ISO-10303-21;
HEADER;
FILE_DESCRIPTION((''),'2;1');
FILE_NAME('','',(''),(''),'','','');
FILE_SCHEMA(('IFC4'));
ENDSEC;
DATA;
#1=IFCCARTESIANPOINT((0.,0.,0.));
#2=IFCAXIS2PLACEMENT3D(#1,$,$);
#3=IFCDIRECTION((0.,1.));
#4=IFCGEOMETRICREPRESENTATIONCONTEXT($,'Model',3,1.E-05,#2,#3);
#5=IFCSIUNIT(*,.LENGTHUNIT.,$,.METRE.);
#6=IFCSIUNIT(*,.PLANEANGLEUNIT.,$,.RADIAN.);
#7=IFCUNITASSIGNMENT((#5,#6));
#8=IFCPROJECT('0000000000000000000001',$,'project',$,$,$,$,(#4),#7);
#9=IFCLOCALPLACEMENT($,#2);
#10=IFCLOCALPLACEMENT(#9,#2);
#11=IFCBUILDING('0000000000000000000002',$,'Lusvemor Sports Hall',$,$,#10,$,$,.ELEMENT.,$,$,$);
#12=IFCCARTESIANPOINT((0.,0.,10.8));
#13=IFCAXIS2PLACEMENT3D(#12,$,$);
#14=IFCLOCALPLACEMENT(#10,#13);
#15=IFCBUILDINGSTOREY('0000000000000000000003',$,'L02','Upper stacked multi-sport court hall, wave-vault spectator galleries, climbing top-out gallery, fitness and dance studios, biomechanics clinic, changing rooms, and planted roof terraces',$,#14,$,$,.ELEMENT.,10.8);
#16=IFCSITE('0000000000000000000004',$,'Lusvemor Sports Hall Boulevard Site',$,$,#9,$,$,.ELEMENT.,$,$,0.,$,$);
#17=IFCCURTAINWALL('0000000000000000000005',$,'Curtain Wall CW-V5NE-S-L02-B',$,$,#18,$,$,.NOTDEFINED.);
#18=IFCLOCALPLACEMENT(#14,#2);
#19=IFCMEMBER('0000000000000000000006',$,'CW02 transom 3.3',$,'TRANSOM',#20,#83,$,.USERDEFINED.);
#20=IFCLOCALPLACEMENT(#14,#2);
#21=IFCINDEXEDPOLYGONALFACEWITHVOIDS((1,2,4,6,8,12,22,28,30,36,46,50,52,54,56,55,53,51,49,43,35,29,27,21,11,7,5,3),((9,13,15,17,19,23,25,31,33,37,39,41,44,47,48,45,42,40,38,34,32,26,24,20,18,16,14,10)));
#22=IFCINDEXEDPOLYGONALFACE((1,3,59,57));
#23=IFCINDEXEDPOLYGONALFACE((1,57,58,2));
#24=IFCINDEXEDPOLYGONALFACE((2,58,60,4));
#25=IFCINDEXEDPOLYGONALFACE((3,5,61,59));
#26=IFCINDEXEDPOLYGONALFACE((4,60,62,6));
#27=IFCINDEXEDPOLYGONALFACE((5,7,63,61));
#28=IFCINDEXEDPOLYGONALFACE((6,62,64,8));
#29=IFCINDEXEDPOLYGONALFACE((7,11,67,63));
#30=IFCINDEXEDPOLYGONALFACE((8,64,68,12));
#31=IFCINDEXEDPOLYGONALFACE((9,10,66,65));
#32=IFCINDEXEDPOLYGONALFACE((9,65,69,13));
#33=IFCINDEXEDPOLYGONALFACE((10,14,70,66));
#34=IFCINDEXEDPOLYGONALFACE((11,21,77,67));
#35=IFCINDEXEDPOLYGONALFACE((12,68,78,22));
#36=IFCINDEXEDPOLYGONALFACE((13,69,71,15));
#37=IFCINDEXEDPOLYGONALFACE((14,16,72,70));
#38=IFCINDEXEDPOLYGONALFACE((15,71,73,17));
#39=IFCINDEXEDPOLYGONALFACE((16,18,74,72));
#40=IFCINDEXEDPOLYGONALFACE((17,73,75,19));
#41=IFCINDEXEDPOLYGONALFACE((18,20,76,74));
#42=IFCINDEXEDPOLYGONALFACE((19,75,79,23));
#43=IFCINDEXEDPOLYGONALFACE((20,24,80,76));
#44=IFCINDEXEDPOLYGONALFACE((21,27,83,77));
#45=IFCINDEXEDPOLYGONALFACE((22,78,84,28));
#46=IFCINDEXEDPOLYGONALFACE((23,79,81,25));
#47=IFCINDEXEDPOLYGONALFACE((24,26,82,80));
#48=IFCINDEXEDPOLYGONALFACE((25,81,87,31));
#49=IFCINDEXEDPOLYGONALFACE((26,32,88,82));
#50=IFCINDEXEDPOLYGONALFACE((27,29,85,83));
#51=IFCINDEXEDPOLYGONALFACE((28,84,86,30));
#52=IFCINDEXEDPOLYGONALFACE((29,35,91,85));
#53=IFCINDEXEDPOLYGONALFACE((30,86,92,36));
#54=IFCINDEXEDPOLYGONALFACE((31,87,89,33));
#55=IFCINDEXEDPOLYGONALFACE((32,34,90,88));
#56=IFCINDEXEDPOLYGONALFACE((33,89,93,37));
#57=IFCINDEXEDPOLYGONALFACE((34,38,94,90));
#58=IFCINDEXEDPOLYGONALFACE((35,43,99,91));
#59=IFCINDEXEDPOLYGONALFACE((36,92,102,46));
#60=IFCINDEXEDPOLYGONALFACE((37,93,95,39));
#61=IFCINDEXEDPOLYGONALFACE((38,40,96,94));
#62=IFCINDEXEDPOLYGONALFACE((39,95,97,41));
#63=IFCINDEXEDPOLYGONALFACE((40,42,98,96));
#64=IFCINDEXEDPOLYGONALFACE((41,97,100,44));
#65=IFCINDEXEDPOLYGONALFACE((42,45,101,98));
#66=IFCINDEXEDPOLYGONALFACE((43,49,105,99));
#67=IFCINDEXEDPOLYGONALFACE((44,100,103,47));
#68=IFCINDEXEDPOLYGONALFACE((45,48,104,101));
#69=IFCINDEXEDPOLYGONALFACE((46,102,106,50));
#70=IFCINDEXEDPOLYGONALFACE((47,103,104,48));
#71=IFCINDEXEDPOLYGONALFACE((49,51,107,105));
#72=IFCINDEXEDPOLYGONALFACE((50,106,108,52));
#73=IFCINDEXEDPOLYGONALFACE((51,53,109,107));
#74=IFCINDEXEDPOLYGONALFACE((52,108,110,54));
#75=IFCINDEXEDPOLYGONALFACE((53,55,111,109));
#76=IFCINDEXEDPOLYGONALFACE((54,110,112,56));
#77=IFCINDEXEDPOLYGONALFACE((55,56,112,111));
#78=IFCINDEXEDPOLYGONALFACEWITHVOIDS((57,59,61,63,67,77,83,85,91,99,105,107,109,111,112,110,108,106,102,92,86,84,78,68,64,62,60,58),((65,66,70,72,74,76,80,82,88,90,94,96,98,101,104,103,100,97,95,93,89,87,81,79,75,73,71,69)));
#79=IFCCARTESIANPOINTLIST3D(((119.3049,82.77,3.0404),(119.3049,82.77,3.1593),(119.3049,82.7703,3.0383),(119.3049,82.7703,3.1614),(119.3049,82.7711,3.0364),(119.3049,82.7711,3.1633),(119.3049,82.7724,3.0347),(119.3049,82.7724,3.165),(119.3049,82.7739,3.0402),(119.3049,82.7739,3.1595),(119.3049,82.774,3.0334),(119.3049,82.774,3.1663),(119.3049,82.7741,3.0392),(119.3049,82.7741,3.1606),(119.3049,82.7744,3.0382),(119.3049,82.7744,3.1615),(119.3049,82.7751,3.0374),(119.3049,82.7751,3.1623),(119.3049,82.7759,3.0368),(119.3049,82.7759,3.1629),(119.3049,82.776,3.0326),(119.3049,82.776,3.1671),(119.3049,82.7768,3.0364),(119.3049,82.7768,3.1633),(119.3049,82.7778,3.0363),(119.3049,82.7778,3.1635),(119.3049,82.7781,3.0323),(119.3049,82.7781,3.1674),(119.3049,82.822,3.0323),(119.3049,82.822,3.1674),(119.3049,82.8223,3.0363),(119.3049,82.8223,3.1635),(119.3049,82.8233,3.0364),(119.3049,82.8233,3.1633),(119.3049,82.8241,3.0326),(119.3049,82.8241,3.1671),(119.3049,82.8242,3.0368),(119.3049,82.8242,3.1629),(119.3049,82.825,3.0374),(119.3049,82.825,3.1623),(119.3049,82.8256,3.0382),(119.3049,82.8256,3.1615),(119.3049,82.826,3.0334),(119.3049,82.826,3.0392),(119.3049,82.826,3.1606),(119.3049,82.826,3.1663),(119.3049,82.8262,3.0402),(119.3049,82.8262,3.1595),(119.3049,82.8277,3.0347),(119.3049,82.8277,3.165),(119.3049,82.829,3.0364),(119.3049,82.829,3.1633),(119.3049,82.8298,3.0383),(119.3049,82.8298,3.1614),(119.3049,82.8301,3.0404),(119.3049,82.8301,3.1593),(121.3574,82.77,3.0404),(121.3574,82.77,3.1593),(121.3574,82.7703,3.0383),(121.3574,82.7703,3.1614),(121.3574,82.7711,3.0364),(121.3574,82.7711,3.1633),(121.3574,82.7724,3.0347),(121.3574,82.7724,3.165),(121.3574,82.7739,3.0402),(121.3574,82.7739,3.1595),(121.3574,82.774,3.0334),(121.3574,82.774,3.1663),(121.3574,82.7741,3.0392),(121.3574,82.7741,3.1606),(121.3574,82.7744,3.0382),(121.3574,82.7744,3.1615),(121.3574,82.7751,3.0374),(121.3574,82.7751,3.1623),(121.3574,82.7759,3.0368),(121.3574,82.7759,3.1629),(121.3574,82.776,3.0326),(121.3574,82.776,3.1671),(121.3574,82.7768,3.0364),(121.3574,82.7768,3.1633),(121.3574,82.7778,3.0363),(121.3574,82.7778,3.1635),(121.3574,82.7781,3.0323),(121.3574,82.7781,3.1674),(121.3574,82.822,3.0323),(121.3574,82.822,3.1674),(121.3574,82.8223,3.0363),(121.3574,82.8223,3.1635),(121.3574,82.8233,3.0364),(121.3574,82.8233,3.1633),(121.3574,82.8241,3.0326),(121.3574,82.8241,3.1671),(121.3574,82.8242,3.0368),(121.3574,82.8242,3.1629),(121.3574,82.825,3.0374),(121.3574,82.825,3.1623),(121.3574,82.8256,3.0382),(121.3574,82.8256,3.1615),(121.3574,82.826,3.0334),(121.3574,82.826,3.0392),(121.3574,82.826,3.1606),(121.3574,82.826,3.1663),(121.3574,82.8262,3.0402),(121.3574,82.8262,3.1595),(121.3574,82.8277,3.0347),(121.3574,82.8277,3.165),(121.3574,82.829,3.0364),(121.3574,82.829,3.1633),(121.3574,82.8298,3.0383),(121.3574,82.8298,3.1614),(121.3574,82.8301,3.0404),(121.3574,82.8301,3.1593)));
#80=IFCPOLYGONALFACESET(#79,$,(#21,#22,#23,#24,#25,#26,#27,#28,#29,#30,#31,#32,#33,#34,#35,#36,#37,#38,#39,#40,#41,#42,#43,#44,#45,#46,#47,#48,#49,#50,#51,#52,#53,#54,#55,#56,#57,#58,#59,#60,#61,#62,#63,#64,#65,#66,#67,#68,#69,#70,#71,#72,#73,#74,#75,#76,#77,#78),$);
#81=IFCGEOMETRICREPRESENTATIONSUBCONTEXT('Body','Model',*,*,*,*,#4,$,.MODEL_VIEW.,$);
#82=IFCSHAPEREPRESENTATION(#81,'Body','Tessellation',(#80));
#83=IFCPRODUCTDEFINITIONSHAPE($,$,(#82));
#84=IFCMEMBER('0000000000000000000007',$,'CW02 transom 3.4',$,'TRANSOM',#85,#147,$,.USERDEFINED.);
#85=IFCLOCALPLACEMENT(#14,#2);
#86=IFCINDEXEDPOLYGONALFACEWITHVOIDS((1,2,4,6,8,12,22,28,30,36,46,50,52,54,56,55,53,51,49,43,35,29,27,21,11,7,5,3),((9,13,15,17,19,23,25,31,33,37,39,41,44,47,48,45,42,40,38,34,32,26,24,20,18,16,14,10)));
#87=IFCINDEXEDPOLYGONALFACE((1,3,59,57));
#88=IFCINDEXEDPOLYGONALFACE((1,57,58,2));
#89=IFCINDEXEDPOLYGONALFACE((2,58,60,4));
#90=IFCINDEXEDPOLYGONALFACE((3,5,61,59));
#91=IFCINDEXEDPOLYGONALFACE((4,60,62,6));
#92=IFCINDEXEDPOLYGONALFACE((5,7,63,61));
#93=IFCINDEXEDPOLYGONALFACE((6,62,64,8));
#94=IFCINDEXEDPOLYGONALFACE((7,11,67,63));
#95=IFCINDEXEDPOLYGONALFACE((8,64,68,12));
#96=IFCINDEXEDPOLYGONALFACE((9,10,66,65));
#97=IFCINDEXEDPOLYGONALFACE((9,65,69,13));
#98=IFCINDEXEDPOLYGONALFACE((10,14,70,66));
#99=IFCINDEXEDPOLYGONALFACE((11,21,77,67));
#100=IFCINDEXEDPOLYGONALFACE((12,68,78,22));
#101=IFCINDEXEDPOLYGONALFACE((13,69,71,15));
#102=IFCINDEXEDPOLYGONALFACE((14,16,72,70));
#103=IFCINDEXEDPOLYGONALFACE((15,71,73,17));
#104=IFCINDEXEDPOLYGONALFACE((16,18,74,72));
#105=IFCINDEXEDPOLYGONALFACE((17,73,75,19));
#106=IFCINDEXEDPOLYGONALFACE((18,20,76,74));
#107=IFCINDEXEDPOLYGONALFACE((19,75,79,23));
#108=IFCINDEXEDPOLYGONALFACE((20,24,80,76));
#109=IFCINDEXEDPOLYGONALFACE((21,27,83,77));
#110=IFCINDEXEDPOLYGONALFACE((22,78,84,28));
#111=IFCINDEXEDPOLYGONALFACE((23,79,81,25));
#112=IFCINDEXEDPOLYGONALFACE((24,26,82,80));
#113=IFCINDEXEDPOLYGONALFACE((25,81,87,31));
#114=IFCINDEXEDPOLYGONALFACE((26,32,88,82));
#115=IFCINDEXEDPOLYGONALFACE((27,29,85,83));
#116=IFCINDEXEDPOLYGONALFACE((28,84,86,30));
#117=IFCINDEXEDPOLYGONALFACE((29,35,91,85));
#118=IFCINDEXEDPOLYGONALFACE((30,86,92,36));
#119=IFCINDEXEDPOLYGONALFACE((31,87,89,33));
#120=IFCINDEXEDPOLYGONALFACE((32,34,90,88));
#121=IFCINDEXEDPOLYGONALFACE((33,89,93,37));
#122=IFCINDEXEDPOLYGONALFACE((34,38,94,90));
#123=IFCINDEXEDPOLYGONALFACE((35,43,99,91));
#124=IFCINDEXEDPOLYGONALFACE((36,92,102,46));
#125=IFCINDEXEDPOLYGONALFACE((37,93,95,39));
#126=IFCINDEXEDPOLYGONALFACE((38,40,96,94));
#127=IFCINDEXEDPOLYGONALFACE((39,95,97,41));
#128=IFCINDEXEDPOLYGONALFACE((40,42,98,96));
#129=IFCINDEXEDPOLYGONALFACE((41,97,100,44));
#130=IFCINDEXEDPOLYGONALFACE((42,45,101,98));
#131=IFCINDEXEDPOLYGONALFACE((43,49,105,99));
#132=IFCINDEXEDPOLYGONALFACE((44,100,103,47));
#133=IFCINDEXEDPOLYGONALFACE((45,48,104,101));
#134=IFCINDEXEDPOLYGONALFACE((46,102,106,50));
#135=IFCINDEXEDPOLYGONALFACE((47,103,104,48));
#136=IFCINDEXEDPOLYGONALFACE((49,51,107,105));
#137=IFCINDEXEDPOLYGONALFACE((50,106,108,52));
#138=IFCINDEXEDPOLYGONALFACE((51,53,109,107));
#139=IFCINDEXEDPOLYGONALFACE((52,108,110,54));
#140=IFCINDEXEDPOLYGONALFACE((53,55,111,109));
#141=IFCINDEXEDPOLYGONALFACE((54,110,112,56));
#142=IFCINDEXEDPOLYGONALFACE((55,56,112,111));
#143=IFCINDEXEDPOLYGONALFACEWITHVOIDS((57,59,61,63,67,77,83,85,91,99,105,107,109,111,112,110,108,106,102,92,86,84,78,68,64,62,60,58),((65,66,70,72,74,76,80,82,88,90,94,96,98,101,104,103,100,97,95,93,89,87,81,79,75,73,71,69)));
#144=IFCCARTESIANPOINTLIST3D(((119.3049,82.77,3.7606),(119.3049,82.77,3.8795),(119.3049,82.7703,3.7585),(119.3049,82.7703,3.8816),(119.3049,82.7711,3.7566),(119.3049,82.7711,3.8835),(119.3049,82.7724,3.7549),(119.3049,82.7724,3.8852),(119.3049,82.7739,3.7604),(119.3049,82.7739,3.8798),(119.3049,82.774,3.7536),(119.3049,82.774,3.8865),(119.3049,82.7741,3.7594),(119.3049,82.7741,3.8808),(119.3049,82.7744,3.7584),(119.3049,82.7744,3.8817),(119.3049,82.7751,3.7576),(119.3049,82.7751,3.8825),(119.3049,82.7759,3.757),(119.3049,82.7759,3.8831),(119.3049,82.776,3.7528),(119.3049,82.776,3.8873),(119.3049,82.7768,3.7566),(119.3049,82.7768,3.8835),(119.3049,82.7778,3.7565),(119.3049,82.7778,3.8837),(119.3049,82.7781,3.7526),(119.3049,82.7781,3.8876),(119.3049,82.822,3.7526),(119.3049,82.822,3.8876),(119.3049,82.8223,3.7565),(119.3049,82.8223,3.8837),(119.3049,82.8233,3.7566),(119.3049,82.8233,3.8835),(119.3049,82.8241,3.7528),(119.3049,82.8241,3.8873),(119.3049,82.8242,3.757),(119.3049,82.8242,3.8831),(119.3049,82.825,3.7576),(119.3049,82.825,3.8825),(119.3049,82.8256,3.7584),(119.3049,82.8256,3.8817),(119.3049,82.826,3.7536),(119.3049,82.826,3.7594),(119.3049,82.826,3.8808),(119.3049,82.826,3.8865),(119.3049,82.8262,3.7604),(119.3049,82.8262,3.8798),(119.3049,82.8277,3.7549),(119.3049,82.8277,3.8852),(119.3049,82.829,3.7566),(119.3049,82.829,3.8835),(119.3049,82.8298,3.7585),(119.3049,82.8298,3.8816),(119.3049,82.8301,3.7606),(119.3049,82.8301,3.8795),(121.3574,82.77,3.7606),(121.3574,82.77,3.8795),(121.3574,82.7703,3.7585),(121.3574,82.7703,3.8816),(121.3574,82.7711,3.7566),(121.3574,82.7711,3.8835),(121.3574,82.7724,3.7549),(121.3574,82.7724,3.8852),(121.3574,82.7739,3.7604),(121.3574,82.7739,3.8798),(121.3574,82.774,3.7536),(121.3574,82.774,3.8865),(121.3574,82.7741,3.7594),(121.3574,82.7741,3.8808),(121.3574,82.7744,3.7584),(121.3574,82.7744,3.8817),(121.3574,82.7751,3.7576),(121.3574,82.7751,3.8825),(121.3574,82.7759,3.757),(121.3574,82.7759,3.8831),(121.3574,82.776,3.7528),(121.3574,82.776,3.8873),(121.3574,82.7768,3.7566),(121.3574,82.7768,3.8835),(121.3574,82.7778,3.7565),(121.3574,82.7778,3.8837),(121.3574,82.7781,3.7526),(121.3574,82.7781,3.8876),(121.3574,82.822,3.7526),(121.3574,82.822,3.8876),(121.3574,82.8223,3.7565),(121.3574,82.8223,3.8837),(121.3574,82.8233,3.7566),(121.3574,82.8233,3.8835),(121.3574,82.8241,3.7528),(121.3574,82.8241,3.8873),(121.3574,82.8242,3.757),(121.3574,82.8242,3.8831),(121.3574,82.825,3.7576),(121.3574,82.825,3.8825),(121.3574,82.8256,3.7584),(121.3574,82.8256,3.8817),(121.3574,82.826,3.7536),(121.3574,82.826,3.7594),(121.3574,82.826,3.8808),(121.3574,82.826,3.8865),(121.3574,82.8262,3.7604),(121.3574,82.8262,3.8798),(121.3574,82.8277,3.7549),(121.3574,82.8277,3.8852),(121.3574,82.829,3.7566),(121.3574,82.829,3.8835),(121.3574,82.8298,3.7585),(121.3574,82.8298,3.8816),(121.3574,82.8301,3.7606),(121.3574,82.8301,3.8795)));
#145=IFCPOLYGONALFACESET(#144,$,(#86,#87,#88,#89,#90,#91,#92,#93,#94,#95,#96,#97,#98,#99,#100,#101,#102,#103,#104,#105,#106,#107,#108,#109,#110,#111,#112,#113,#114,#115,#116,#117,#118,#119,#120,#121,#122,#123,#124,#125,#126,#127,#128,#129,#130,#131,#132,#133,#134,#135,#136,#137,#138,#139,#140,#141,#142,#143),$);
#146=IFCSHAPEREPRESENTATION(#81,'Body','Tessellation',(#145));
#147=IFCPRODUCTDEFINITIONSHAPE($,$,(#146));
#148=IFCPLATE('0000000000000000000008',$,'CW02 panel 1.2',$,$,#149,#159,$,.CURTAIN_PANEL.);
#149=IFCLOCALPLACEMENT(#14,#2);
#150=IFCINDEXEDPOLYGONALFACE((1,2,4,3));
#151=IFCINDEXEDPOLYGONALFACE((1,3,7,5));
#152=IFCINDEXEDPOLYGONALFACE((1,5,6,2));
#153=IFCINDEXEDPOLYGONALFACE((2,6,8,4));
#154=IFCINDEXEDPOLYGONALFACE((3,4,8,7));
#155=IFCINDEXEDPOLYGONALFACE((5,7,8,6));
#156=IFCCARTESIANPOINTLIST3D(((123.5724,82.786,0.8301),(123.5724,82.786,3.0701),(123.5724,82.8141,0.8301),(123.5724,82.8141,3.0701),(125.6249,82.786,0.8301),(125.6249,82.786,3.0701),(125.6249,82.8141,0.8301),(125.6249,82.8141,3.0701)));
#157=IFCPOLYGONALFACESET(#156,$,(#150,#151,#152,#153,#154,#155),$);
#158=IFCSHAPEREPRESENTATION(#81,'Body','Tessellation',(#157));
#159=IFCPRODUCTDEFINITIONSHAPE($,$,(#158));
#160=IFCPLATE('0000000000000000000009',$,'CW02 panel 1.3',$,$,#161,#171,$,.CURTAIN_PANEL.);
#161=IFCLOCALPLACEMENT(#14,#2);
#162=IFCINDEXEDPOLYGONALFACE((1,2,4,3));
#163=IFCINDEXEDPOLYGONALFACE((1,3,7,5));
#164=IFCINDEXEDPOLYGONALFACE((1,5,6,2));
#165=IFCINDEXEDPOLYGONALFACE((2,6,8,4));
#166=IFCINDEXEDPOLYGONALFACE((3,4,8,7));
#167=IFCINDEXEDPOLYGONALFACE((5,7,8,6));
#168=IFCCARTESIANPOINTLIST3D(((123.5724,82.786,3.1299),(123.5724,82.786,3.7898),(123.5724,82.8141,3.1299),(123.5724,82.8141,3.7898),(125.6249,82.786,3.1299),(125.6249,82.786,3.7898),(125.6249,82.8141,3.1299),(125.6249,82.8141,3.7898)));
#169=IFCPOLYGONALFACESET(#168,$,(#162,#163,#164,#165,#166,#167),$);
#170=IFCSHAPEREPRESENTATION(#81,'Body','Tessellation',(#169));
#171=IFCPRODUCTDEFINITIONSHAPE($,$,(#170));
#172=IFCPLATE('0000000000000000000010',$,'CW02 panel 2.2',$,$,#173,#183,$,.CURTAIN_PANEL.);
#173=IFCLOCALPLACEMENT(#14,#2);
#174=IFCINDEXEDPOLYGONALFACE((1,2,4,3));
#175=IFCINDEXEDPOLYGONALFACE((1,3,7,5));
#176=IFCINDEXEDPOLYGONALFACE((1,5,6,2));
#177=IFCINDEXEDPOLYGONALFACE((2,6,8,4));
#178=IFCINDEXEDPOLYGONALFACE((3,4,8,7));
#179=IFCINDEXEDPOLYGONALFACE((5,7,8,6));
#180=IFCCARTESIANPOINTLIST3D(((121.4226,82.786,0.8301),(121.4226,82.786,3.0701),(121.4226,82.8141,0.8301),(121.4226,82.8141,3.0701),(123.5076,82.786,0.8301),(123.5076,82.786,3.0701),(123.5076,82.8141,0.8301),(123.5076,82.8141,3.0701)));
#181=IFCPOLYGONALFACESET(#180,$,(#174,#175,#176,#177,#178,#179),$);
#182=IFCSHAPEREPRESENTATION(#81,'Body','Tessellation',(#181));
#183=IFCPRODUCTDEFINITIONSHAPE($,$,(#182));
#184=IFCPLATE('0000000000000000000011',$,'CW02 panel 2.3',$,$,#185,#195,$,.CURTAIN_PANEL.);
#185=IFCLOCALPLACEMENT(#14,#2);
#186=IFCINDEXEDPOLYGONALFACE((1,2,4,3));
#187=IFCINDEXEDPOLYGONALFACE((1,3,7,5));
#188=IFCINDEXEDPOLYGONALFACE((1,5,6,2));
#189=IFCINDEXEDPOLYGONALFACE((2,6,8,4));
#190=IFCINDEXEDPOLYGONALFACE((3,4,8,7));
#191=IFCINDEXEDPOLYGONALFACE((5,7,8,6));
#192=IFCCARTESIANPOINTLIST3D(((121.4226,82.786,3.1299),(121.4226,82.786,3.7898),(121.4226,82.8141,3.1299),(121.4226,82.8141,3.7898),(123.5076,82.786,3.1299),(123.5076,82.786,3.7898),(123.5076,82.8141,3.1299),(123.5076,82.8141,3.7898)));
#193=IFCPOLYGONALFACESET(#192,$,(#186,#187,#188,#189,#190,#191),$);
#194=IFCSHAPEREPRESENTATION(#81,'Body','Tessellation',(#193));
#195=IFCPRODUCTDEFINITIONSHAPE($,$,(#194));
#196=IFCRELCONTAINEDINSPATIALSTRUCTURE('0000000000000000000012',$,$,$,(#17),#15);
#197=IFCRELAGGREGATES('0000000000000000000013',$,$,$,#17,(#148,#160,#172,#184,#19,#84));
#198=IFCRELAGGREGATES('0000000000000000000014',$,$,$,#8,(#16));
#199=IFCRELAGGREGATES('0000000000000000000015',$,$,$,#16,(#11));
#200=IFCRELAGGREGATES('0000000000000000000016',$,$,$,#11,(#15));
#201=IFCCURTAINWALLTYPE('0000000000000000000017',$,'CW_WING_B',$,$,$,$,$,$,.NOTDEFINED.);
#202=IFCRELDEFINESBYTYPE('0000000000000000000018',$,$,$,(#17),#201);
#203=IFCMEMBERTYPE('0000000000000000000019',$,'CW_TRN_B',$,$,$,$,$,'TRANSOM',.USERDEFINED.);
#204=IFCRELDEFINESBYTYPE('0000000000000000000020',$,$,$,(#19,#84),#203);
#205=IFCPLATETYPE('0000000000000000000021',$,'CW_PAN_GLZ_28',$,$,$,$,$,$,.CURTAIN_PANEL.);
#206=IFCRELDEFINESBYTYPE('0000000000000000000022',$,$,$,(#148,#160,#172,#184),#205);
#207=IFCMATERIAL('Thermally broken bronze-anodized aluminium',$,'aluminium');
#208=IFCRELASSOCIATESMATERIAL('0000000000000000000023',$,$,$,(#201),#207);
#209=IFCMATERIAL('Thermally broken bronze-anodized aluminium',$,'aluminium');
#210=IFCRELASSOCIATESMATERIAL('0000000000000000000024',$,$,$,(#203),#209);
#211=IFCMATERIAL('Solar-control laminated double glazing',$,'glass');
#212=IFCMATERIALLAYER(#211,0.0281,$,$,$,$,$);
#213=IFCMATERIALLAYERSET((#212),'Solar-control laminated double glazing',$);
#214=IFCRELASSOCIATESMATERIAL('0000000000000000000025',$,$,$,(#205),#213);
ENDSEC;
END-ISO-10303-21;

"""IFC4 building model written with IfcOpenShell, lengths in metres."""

from ifc_helpers import new_model, si_unit, direction, frame, origin, origin_2d, place, context, subcontext, project, spatial, rectangle, hollow_rectangle, extrude, material, layer, layer_set, material_profile, profile_set, type_object, element, aggregate, save


model = new_model("IFC4")

# Units and contexts
model_context = context("Model", 3, precision=1e-05, world=origin(), true_north=direction((0.0, 1.0)))
body_context = subcontext(model_context, "Body", "Model", "MODEL_VIEW")
ifc_project = project(units=[si_unit("LENGTHUNIT", "METRE"), si_unit("PLANEANGLEUNIT", "RADIAN")], contexts=[model_context])

# Site, building, storey
site_placement = place(None, origin())
site = spatial("IfcSite", under=ifc_project, at=site_placement, Name="Lusvemor Sports Hall Boulevard Site", CompositionType="ELEMENT", RefElevation=0.0)
building_placement = place(site_placement, origin())
building = spatial("IfcBuilding", under=site, at=building_placement, Name="Lusvemor Sports Hall", CompositionType="ELEMENT")
storey_placement = place(building_placement, frame((0.0, 0.0, 10.8)))
storey = spatial("IfcBuildingStorey", under=building, at=storey_placement, Name="L02", Description="Upper stacked multi-sport court hall, wave-vault spectator galleries, climbing top-out gallery, fitness and dance studios, biomechanics clinic, changing rooms, and planted roof terraces", CompositionType="ELEMENT", Elevation=10.8)

# Curtain wall, members, plates
ifc_material_1 = material(Name="Thermally broken bronze-anodized aluminium", Category="aluminium")
curtain_wall_type = type_object("IfcCurtainWallType", Name="CW_WING_B", PredefinedType="NOTDEFINED", material=ifc_material_1)
curtain_wall_placement = place(storey_placement, origin())
curtain_wall = element("IfcCurtainWall", 1, at=curtain_wall_placement, inside=storey, type_object=curtain_wall_type, Name="Curtain Wall CW-V5NE-S-L02-B", PredefinedType="NOTDEFINED")
ifc_material_2 = material(Name="Thermally broken bronze-anodized aluminium", Category="aluminium")
ifc_material_profile_1 = material_profile(ifc_material_2, hollow_rectangle(XDim=0.0601, YDim=0.135, WallThickness=0.0039, InnerFilletRadius=0.0039, OuterFilletRadius=0.0081, at=origin_2d()), Name="CWTRN135x60x4")
ifc_profile_set_1 = profile_set([ifc_material_profile_1], Name="Thermally broken bronze-anodized aluminium")
member_type_1 = type_object("IfcMemberType", Name="CW_TRN_B", ElementType="TRANSOM", PredefinedType="USERDEFINED", material=ifc_profile_set_1)
member_1_placement = place(storey_placement, frame((121.3574, 82.8, 3.0999), z_axis=(-1.0, 0.0, 0.0), x_axis=(0.0, -1.0, 0.0)))
member_1 = element("IfcMember", 2, at=member_1_placement, type_object=member_type_1, Name="CW02 transom 3.3", ObjectType="TRANSOM", PredefinedType="USERDEFINED", context=body_context, shape_type="SweptSolid", body=[
    extrude(hollow_rectangle(XDim=0.0601, YDim=0.135, WallThickness=0.0039, InnerFilletRadius=0.0039, OuterFilletRadius=0.0081, at=origin_2d()), origin(), (0.0, 0.0, 1.0), 2.0525),
])
member_2_placement = place(storey_placement, frame((121.3574, 82.8, 3.8201), z_axis=(-1.0, 0.0, 0.0), x_axis=(0.0, -1.0, 0.0)))
member_2 = element("IfcMember", 3, at=member_2_placement, type_object=member_type_1, Name="CW02 transom 3.4", ObjectType="TRANSOM", PredefinedType="USERDEFINED", context=body_context, shape_type="SweptSolid", body=[
    extrude(hollow_rectangle(XDim=0.0601, YDim=0.135, WallThickness=0.0039, InnerFilletRadius=0.0039, OuterFilletRadius=0.0081, at=origin_2d()), origin(), (0.0, 0.0, 1.0), 2.0525),
])
ifc_material_3 = material(Name="Solar-control laminated double glazing", Category="glass")
ifc_layer_1 = layer(ifc_material_3, 0.0281)
ifc_layer_set_1 = layer_set([ifc_layer_1], Name="Solar-control laminated double glazing")
plate_type_1 = type_object("IfcPlateType", Name="CW_PAN_GLZ_28", PredefinedType="CURTAIN_PANEL", material=ifc_layer_set_1)
plate_1_placement = place(storey_placement, frame((124.5986, 82.8, 0.8301), z_axis=(0.0, 0.0, 1.0), x_axis=(-1.0, 0.0, 0.0)))
plate_1 = element("IfcPlate", 4, at=plate_1_placement, type_object=plate_type_1, Name="CW02 panel 1.2", PredefinedType="CURTAIN_PANEL", context=body_context, shape_type="SweptSolid", body=[
    extrude(rectangle(XDim=2.0525, YDim=0.0281, at=origin_2d()), origin(), (0.0, 0.0, 1.0), 2.24),
])
plate_2_placement = place(storey_placement, frame((124.5986, 82.8, 3.1299), z_axis=(0.0, 0.0, 1.0), x_axis=(-1.0, 0.0, 0.0)))
plate_2 = element("IfcPlate", 5, at=plate_2_placement, type_object=plate_type_1, Name="CW02 panel 1.3", PredefinedType="CURTAIN_PANEL", context=body_context, shape_type="SweptSolid", body=[
    extrude(rectangle(XDim=2.0525, YDim=0.0281, at=origin_2d()), origin(), (0.0, 0.0, 1.0), 0.6599),
])
plate_3_placement = place(storey_placement, frame((122.4651, 82.8, 0.8301), z_axis=(0.0, 0.0, 1.0), x_axis=(-1.0, 0.0, 0.0)))
plate_3 = element("IfcPlate", 6, at=plate_3_placement, type_object=plate_type_1, Name="CW02 panel 2.2", PredefinedType="CURTAIN_PANEL", context=body_context, shape_type="SweptSolid", body=[
    extrude(rectangle(XDim=2.085, YDim=0.0281, at=origin_2d()), origin(), (0.0, 0.0, 1.0), 2.24),
])
plate_4_placement = place(storey_placement, frame((122.4651, 82.8, 3.1299), z_axis=(0.0, 0.0, 1.0), x_axis=(-1.0, 0.0, 0.0)))
plate_4 = element("IfcPlate", 7, at=plate_4_placement, type_object=plate_type_1, Name="CW02 panel 2.3", PredefinedType="CURTAIN_PANEL", context=body_context, shape_type="SweptSolid", body=[
    extrude(rectangle(XDim=2.085, YDim=0.0281, at=origin_2d()), origin(), (0.0, 0.0, 1.0), 0.6599),
])
aggregate(curtain_wall, [plate_1, plate_2, plate_3, plate_4, member_1, member_2])

save(model, "model.ifc")
